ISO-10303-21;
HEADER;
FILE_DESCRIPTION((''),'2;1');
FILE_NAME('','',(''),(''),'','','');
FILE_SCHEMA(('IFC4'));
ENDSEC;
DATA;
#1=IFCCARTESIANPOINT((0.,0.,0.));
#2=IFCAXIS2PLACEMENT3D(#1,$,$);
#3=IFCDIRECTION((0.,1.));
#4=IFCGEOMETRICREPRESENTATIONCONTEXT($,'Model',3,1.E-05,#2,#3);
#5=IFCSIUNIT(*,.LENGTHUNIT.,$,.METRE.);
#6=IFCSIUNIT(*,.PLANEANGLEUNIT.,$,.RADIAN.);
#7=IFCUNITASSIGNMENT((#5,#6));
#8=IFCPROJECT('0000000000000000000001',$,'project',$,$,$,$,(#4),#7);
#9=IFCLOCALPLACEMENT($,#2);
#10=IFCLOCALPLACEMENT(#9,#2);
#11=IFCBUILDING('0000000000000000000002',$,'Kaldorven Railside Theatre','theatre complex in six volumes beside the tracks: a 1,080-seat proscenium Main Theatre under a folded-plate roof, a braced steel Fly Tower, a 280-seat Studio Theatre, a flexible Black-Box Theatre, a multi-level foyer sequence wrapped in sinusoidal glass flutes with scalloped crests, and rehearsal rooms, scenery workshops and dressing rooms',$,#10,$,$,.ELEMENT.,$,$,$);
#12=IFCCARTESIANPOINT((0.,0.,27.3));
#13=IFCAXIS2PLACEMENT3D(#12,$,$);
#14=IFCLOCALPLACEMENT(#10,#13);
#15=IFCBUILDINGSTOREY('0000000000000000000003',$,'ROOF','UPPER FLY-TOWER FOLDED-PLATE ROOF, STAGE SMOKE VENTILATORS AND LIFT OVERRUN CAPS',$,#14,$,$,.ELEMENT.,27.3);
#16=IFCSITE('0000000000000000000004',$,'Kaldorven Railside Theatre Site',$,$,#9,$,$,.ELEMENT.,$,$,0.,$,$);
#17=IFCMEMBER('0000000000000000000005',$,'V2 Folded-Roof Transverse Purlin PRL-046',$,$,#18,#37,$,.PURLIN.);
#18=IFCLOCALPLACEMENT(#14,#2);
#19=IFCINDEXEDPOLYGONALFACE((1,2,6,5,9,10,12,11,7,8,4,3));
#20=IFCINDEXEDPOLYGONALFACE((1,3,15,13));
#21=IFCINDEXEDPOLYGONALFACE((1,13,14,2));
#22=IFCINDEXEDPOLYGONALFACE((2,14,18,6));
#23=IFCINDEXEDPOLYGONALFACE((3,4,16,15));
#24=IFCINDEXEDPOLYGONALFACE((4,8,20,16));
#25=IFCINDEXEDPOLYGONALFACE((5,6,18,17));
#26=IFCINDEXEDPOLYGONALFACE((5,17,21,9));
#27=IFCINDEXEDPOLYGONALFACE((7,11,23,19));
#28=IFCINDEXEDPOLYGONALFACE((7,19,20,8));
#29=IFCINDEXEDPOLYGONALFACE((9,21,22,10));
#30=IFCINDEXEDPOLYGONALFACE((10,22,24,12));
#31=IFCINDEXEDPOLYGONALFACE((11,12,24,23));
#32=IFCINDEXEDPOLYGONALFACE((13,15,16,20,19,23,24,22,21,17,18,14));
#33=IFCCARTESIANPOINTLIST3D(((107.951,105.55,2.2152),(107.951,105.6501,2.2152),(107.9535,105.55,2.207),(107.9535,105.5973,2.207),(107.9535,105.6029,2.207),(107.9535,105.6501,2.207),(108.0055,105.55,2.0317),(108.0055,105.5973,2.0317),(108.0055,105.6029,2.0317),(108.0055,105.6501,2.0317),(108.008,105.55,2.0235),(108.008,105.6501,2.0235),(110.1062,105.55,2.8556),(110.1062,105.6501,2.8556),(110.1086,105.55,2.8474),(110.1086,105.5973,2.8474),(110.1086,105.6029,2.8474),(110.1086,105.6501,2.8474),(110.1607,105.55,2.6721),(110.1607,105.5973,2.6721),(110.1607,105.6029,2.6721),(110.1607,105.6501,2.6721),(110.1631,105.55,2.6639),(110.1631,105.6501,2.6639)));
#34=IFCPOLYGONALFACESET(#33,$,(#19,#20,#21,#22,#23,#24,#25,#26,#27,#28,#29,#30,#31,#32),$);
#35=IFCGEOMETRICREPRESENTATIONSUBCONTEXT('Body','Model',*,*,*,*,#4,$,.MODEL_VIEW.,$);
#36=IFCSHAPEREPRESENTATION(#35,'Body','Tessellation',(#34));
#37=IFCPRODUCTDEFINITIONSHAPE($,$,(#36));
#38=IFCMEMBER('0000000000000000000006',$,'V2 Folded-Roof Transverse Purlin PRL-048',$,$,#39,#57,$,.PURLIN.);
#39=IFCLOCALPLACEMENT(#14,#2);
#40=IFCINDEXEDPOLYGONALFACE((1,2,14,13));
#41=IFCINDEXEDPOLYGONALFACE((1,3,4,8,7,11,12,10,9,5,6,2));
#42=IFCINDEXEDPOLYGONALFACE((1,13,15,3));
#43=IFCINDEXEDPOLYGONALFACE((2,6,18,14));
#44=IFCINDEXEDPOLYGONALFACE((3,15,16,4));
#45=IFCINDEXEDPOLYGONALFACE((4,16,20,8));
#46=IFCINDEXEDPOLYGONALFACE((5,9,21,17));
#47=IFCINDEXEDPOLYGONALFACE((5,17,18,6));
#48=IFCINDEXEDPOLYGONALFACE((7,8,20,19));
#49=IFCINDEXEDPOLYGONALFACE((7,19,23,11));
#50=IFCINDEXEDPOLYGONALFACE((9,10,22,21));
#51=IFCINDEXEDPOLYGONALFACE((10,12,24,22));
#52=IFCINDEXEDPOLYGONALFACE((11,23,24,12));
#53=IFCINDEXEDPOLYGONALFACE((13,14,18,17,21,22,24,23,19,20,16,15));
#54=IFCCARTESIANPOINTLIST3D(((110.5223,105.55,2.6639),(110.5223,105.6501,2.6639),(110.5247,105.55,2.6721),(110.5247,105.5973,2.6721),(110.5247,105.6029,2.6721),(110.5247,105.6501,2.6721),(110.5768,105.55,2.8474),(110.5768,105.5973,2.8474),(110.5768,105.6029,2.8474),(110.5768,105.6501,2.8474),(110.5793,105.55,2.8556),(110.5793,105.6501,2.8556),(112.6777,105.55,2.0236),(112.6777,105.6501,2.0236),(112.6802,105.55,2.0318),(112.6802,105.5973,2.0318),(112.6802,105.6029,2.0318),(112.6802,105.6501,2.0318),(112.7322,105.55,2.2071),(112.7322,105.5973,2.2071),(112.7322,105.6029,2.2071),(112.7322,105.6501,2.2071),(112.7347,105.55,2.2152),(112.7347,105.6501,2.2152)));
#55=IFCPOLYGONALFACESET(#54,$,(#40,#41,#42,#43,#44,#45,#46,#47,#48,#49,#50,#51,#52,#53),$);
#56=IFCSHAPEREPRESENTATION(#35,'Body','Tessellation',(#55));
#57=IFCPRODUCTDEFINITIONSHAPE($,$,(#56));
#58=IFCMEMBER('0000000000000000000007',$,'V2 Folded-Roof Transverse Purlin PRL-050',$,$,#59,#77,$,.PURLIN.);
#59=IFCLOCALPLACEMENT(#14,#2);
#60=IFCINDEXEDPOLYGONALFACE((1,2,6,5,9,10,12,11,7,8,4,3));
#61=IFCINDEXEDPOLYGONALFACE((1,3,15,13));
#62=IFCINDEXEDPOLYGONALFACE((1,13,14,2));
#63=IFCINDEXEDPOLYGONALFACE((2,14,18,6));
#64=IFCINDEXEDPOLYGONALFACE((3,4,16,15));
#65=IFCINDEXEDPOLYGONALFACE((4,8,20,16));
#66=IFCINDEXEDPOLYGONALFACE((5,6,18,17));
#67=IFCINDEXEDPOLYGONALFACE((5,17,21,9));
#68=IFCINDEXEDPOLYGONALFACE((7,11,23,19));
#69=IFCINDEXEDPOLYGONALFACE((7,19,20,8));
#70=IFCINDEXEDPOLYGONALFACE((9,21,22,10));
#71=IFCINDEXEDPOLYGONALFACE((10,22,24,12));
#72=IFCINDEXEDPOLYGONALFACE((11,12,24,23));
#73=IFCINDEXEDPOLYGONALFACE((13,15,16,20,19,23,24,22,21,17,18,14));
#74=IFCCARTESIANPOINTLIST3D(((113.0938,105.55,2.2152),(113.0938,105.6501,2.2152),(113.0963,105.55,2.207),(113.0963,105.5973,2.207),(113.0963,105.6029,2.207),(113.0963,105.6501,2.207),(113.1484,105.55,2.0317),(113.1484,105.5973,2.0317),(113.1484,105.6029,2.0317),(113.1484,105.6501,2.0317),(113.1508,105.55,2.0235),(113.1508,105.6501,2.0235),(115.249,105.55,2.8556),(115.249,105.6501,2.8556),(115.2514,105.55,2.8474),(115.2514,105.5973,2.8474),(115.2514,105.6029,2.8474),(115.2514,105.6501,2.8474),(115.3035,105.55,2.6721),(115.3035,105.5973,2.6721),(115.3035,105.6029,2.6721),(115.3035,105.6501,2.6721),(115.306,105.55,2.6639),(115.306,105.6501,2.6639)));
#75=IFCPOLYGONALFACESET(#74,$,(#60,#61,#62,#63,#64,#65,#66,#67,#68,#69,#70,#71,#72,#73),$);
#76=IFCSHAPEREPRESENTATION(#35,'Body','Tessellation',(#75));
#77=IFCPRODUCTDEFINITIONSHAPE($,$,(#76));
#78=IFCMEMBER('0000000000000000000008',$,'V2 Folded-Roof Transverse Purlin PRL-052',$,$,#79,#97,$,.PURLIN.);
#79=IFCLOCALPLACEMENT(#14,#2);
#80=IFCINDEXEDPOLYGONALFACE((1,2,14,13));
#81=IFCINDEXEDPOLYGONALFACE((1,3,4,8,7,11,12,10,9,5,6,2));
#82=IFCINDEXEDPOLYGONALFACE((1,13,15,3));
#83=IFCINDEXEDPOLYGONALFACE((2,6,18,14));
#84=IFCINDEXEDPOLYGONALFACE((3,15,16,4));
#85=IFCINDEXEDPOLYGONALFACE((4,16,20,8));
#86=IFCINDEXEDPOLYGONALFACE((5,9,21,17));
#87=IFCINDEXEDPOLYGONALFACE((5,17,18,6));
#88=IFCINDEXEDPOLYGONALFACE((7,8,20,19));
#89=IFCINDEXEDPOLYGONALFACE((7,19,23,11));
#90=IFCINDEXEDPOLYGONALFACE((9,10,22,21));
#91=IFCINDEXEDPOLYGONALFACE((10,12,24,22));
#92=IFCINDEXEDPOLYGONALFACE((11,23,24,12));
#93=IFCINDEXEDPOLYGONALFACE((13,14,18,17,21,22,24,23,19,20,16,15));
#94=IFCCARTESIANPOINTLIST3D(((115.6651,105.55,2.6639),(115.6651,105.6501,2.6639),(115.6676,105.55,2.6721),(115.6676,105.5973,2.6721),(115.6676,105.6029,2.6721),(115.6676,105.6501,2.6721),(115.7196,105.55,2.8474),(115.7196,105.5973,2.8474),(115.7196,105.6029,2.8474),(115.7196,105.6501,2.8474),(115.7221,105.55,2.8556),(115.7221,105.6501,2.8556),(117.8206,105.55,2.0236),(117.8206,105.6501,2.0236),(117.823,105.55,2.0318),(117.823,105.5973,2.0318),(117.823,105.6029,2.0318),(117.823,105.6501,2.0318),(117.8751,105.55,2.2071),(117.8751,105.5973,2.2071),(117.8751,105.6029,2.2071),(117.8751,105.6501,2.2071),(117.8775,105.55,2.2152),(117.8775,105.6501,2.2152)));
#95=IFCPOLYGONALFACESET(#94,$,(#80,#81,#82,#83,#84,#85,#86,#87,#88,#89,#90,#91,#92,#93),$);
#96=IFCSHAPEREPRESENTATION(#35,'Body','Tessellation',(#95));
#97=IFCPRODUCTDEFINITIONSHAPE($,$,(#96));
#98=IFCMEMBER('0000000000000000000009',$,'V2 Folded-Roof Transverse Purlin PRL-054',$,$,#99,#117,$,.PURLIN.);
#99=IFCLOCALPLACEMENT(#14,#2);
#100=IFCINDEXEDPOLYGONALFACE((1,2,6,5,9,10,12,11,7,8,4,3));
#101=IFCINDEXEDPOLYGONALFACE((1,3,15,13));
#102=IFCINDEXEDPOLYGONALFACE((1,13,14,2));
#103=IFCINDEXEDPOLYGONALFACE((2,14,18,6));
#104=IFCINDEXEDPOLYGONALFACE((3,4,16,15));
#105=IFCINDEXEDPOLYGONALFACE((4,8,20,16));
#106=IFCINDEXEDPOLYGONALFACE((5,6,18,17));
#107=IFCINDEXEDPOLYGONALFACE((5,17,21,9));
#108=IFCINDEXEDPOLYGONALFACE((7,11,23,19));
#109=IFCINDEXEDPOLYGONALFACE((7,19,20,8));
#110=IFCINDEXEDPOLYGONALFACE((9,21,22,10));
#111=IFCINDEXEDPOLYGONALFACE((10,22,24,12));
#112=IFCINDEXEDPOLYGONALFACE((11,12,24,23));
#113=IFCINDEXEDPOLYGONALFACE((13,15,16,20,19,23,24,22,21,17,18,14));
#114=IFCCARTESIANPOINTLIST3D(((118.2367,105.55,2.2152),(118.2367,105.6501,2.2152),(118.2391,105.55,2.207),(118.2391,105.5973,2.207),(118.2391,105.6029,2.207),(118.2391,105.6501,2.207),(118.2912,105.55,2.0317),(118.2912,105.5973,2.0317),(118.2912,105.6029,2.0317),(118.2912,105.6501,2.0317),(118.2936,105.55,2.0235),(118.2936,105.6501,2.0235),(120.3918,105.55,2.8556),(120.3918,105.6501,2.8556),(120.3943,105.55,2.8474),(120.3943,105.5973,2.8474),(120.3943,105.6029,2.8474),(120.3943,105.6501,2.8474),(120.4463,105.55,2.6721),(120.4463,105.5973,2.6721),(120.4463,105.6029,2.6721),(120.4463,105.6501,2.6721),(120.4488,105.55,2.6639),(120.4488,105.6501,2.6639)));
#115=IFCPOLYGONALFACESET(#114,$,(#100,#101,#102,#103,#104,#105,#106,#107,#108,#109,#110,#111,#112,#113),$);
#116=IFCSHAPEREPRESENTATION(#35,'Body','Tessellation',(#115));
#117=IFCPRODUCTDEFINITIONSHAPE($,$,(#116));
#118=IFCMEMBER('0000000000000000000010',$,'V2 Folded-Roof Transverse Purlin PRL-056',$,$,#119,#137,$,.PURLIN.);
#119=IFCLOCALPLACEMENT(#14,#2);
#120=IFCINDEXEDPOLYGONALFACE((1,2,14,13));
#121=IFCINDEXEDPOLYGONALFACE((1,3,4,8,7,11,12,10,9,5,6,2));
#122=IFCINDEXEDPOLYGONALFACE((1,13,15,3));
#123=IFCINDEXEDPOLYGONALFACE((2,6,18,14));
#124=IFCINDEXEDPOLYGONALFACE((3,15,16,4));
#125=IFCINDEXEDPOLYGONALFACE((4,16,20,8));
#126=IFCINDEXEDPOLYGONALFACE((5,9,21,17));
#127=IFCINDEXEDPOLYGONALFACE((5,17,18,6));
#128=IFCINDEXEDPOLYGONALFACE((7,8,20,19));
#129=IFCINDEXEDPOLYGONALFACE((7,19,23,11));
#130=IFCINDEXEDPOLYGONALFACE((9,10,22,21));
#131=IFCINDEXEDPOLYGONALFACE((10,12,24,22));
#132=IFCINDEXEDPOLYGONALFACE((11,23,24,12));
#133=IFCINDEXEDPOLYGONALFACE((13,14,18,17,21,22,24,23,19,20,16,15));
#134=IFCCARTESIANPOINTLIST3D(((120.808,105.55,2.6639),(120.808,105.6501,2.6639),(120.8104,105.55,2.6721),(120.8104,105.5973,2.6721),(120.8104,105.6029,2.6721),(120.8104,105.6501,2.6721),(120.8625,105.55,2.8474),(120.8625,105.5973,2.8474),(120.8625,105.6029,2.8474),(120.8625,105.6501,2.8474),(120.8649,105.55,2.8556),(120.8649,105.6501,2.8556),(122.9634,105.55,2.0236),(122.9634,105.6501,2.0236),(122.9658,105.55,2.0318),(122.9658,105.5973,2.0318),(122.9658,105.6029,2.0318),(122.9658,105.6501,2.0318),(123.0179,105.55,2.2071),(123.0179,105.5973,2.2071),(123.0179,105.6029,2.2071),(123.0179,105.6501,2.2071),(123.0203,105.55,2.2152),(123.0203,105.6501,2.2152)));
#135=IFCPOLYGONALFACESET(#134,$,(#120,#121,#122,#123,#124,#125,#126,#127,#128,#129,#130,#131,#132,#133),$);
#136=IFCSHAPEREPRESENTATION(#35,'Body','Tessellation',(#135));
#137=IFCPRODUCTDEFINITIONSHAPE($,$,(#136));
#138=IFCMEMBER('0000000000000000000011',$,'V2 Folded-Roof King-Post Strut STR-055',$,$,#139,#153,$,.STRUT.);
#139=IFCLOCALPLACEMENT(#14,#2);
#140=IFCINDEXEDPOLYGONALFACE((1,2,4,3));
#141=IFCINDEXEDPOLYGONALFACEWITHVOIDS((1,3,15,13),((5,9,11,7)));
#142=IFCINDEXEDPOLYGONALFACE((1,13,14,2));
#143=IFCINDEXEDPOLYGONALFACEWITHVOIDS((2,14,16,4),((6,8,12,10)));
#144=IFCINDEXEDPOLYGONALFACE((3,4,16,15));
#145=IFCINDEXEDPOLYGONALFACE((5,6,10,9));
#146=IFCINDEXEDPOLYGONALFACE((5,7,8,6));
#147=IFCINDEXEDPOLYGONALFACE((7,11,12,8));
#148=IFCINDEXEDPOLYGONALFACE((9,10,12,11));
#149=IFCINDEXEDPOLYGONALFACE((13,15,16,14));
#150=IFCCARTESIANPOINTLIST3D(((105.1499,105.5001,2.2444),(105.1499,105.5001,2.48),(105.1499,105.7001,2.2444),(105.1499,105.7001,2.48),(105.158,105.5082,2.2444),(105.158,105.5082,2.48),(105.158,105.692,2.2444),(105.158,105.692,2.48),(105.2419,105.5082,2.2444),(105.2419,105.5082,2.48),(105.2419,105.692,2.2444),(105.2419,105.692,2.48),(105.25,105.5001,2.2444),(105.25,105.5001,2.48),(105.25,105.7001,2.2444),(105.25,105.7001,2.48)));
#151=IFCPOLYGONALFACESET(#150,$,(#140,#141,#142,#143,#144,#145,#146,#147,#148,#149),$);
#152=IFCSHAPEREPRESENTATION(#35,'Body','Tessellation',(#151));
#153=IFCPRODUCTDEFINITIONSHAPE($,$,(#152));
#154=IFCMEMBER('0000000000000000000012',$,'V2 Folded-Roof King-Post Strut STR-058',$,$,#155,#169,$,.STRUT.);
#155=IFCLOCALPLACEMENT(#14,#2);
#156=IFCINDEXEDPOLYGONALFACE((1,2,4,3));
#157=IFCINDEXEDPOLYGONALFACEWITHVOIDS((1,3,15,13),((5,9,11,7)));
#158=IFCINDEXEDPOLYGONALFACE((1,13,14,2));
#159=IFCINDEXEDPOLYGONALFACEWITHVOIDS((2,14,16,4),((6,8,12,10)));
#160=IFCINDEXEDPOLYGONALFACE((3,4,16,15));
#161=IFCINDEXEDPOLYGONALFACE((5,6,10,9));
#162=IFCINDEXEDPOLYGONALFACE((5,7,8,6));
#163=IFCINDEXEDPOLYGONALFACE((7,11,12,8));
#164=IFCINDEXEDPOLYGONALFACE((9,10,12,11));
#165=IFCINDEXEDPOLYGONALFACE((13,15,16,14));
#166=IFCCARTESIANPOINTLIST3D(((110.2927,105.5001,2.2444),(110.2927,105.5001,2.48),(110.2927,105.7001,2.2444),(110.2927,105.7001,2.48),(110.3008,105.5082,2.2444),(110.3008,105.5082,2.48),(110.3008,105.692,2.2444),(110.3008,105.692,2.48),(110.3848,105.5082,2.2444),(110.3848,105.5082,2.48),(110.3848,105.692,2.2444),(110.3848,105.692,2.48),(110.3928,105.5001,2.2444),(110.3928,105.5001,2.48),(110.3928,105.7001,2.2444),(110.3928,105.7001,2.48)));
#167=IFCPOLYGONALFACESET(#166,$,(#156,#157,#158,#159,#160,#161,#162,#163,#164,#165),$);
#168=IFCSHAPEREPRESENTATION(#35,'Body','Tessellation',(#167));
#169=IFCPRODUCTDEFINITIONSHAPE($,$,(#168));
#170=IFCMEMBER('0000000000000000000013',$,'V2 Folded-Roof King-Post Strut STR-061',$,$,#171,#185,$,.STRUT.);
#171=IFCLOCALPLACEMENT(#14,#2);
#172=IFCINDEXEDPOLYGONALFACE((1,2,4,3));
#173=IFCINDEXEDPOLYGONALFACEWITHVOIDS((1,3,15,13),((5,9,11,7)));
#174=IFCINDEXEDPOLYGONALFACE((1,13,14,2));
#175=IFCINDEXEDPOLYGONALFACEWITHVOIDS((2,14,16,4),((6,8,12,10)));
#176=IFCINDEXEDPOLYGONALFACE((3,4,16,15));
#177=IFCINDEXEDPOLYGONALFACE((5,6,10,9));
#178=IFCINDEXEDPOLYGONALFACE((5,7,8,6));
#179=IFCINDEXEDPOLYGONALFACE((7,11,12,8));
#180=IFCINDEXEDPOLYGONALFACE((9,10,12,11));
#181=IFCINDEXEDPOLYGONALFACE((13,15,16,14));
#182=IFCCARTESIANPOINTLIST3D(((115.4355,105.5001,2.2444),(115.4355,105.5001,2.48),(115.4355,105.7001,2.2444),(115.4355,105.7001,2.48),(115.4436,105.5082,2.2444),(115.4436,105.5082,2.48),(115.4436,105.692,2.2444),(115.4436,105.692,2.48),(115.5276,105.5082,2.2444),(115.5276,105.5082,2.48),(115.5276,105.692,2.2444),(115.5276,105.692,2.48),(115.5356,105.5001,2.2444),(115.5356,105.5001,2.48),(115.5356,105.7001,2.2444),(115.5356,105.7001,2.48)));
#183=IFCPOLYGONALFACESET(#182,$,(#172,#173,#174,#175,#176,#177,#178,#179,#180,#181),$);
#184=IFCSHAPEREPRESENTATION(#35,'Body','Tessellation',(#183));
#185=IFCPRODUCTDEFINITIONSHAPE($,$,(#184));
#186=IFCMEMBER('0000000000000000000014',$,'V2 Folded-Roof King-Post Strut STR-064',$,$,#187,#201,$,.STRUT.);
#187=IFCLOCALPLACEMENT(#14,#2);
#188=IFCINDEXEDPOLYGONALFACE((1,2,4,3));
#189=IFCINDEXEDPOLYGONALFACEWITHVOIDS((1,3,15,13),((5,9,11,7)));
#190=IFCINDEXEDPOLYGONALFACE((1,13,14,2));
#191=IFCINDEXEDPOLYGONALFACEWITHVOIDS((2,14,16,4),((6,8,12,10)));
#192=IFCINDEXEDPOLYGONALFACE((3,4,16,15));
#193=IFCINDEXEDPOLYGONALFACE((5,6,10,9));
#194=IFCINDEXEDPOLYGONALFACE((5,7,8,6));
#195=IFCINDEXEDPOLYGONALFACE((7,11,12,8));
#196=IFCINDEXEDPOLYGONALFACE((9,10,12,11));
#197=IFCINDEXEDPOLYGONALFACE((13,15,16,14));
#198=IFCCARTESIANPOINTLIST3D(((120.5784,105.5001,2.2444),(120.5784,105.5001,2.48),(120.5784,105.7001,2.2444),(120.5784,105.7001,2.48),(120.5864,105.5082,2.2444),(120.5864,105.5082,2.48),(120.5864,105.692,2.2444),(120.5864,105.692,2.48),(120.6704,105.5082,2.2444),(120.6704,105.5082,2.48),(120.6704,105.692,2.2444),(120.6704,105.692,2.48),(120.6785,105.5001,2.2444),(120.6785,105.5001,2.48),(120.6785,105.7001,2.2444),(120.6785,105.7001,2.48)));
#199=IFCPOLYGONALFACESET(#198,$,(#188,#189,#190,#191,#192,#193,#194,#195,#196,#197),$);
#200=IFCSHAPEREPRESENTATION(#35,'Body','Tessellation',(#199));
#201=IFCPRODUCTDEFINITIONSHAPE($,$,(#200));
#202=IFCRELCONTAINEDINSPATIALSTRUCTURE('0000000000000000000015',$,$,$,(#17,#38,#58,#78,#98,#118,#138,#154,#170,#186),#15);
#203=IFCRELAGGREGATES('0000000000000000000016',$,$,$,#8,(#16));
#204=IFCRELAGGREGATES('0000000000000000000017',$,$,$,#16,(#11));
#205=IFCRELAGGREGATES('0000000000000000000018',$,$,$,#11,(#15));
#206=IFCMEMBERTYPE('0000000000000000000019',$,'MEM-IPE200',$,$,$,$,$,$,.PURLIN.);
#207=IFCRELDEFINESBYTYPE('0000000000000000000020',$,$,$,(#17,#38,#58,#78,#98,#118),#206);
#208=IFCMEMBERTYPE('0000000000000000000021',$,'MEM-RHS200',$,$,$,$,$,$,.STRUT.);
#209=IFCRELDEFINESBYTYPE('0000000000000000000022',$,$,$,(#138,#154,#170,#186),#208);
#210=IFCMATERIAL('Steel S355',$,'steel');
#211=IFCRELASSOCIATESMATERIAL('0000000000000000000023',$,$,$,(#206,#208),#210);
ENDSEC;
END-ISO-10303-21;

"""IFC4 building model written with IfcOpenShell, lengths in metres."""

from ifc_helpers import new_model, si_unit, direction, frame, origin, origin_2d, place, context, subcontext, project, spatial, hollow_rectangle, i_section, extrude, material, material_profile, profile_set, type_object, element, save


model = new_model("IFC4")

# Units and contexts
model_context = context("Model", 3, precision=1e-05, world=origin(), true_north=direction((0.0, 1.0)))
body_context = subcontext(model_context, "Body", "Model", "MODEL_VIEW")
ifc_project = project(units=[si_unit("LENGTHUNIT", "METRE"), si_unit("PLANEANGLEUNIT", "RADIAN")], contexts=[model_context])

# Site, building, storey
site_placement = place(None, origin())
site = spatial("IfcSite", under=ifc_project, at=site_placement, Name="Kaldorven Railside Theatre Site", CompositionType="ELEMENT", RefElevation=0.0)
building_placement = place(site_placement, origin())
building = spatial("IfcBuilding", under=site, at=building_placement, Name="Kaldorven Railside Theatre", Description="theatre complex in six volumes beside the tracks: a 1,080-seat proscenium Main Theatre under a folded-plate roof, a braced steel Fly Tower, a 280-seat Studio Theatre, a flexible Black-Box Theatre, a multi-level foyer sequence wrapped in sinusoidal glass flutes with scalloped crests, and rehearsal rooms, scenery workshops and dressing rooms", CompositionType="ELEMENT")
storey_placement = place(building_placement, frame((0.0, 0.0, 27.3)))
storey = spatial("IfcBuildingStorey", under=building, at=storey_placement, Name="ROOF", Description="UPPER FLY-TOWER FOLDED-PLATE ROOF, STAGE SMOKE VENTILATORS AND LIFT OVERRUN CAPS", CompositionType="ELEMENT", Elevation=27.3)

# Shared definitions
ifc_material_1 = material(Name="Steel S355", Category="steel")

# Members
ifc_material_profile_1 = material_profile(ifc_material_1, i_section(OverallWidth=0.1001, OverallDepth=0.2, WebThickness=0.0056, FlangeThickness=0.0085, at=origin_2d()), Name="IPE 200")
ifc_profile_set_1 = profile_set([ifc_material_profile_1], Name="Steel S355")
member_type_1 = type_object("IfcMemberType", Name="MEM-IPE200", PredefinedType="PURLIN", material=ifc_profile_set_1)
member_1_placement = place(storey_placement, frame((107.9795, 105.6001, 2.1194), z_axis=(0.958582, 0.0, 0.284817), x_axis=(0.0, 1.0, 0.0)))
element("IfcMember", 1, at=member_1_placement, inside=storey, type_object=member_type_1, Name="V2 Folded-Roof Transverse Purlin PRL-046", PredefinedType="PURLIN", context=body_context, shape_type="SweptSolid", body=[
    extrude(i_section(OverallWidth=0.1001, OverallDepth=0.2, WebThickness=0.0056, FlangeThickness=0.0085, at=origin_2d()), origin(), (0.0, 0.0, 1.0), 2.2483),
])
member_2_placement = place(storey_placement, frame((110.5508, 105.6001, 2.7598), z_axis=(0.958591, 0.0, -0.284787), x_axis=(0.0, 1.0, 0.0)))
element("IfcMember", 2, at=member_2_placement, inside=storey, type_object=member_type_1, Name="V2 Folded-Roof Transverse Purlin PRL-048", PredefinedType="PURLIN", context=body_context, shape_type="SweptSolid", body=[
    extrude(i_section(OverallWidth=0.1001, OverallDepth=0.2, WebThickness=0.0056, FlangeThickness=0.0085, at=origin_2d()), origin(), (0.0, 0.0, 1.0), 2.2485),
])
member_3_placement = place(storey_placement, frame((113.1223, 105.6001, 2.1194), z_axis=(0.958582, 0.0, 0.284817), x_axis=(0.0, 1.0, 0.0)))
element("IfcMember", 3, at=member_3_placement, inside=storey, type_object=member_type_1, Name="V2 Folded-Roof Transverse Purlin PRL-050", PredefinedType="PURLIN", context=body_context, shape_type="SweptSolid", body=[
    extrude(i_section(OverallWidth=0.1001, OverallDepth=0.2, WebThickness=0.0056, FlangeThickness=0.0085, at=origin_2d()), origin(), (0.0, 0.0, 1.0), 2.2483),
])
member_4_placement = place(storey_placement, frame((115.6936, 105.6001, 2.7598), z_axis=(0.958591, 0.0, -0.284787), x_axis=(0.0, 1.0, 0.0)))
element("IfcMember", 4, at=member_4_placement, inside=storey, type_object=member_type_1, Name="V2 Folded-Roof Transverse Purlin PRL-052", PredefinedType="PURLIN", context=body_context, shape_type="SweptSolid", body=[
    extrude(i_section(OverallWidth=0.1001, OverallDepth=0.2, WebThickness=0.0056, FlangeThickness=0.0085, at=origin_2d()), origin(), (0.0, 0.0, 1.0), 2.2485),
])
member_5_placement = place(storey_placement, frame((118.2651, 105.6001, 2.1194), z_axis=(0.958582, 0.0, 0.284817), x_axis=(0.0, 1.0, 0.0)))
element("IfcMember", 5, at=member_5_placement, inside=storey, type_object=member_type_1, Name="V2 Folded-Roof Transverse Purlin PRL-054", PredefinedType="PURLIN", context=body_context, shape_type="SweptSolid", body=[
    extrude(i_section(OverallWidth=0.1001, OverallDepth=0.2, WebThickness=0.0056, FlangeThickness=0.0085, at=origin_2d()), origin(), (0.0, 0.0, 1.0), 2.2483),
])
member_6_placement = place(storey_placement, frame((120.8364, 105.6001, 2.7598), z_axis=(0.958591, 0.0, -0.284787), x_axis=(0.0, 1.0, 0.0)))
element("IfcMember", 6, at=member_6_placement, inside=storey, type_object=member_type_1, Name="V2 Folded-Roof Transverse Purlin PRL-056", PredefinedType="PURLIN", context=body_context, shape_type="SweptSolid", body=[
    extrude(i_section(OverallWidth=0.1001, OverallDepth=0.2, WebThickness=0.0056, FlangeThickness=0.0085, at=origin_2d()), origin(), (0.0, 0.0, 1.0), 2.2485),
])
ifc_material_profile_2 = material_profile(ifc_material_1, hollow_rectangle(XDim=0.1001, YDim=0.2, WallThickness=0.0081, at=origin_2d()), Name="RHS 200x100x8")
ifc_profile_set_2 = profile_set([ifc_material_profile_2], Name="Steel S355")
member_type_2 = type_object("IfcMemberType", Name="MEM-RHS200", PredefinedType="STRUT", material=ifc_profile_set_2)
for number, where, z_axis, x_axis, name in (
    (7, (105.2, 105.6001, 2.2444), (0.0, 0.0, 1.0), (1.0, 0.0, 0.0), "V2 Folded-Roof King-Post Strut STR-055"),
    (8, (110.3428, 105.6001, 2.2444), (0.0, 0.0, 1.0), (1.0, 0.0, 0.0), "V2 Folded-Roof King-Post Strut STR-058"),
    (9, (115.4856, 105.6001, 2.2444), (0.0, 0.0, 1.0), (1.0, 0.0, 0.0), "V2 Folded-Roof King-Post Strut STR-061"),
    (10, (120.6284, 105.6001, 2.2444), (0.0, 0.0, 1.0), (1.0, 0.0, 0.0), "V2 Folded-Roof King-Post Strut STR-064"),
):
    element("IfcMember", number, at=place(storey_placement, frame(where, z_axis=z_axis, x_axis=x_axis)), inside=storey, type_object=member_type_2, Name=name, PredefinedType="STRUT", context=body_context, shape_type="SweptSolid", body=[
        extrude(hollow_rectangle(XDim=0.1001, YDim=0.2, WallThickness=0.0081, at=origin_2d()), origin(), (0.0, 0.0, 1.0), 0.2356),
    ])

save(model, "model.ifc")
